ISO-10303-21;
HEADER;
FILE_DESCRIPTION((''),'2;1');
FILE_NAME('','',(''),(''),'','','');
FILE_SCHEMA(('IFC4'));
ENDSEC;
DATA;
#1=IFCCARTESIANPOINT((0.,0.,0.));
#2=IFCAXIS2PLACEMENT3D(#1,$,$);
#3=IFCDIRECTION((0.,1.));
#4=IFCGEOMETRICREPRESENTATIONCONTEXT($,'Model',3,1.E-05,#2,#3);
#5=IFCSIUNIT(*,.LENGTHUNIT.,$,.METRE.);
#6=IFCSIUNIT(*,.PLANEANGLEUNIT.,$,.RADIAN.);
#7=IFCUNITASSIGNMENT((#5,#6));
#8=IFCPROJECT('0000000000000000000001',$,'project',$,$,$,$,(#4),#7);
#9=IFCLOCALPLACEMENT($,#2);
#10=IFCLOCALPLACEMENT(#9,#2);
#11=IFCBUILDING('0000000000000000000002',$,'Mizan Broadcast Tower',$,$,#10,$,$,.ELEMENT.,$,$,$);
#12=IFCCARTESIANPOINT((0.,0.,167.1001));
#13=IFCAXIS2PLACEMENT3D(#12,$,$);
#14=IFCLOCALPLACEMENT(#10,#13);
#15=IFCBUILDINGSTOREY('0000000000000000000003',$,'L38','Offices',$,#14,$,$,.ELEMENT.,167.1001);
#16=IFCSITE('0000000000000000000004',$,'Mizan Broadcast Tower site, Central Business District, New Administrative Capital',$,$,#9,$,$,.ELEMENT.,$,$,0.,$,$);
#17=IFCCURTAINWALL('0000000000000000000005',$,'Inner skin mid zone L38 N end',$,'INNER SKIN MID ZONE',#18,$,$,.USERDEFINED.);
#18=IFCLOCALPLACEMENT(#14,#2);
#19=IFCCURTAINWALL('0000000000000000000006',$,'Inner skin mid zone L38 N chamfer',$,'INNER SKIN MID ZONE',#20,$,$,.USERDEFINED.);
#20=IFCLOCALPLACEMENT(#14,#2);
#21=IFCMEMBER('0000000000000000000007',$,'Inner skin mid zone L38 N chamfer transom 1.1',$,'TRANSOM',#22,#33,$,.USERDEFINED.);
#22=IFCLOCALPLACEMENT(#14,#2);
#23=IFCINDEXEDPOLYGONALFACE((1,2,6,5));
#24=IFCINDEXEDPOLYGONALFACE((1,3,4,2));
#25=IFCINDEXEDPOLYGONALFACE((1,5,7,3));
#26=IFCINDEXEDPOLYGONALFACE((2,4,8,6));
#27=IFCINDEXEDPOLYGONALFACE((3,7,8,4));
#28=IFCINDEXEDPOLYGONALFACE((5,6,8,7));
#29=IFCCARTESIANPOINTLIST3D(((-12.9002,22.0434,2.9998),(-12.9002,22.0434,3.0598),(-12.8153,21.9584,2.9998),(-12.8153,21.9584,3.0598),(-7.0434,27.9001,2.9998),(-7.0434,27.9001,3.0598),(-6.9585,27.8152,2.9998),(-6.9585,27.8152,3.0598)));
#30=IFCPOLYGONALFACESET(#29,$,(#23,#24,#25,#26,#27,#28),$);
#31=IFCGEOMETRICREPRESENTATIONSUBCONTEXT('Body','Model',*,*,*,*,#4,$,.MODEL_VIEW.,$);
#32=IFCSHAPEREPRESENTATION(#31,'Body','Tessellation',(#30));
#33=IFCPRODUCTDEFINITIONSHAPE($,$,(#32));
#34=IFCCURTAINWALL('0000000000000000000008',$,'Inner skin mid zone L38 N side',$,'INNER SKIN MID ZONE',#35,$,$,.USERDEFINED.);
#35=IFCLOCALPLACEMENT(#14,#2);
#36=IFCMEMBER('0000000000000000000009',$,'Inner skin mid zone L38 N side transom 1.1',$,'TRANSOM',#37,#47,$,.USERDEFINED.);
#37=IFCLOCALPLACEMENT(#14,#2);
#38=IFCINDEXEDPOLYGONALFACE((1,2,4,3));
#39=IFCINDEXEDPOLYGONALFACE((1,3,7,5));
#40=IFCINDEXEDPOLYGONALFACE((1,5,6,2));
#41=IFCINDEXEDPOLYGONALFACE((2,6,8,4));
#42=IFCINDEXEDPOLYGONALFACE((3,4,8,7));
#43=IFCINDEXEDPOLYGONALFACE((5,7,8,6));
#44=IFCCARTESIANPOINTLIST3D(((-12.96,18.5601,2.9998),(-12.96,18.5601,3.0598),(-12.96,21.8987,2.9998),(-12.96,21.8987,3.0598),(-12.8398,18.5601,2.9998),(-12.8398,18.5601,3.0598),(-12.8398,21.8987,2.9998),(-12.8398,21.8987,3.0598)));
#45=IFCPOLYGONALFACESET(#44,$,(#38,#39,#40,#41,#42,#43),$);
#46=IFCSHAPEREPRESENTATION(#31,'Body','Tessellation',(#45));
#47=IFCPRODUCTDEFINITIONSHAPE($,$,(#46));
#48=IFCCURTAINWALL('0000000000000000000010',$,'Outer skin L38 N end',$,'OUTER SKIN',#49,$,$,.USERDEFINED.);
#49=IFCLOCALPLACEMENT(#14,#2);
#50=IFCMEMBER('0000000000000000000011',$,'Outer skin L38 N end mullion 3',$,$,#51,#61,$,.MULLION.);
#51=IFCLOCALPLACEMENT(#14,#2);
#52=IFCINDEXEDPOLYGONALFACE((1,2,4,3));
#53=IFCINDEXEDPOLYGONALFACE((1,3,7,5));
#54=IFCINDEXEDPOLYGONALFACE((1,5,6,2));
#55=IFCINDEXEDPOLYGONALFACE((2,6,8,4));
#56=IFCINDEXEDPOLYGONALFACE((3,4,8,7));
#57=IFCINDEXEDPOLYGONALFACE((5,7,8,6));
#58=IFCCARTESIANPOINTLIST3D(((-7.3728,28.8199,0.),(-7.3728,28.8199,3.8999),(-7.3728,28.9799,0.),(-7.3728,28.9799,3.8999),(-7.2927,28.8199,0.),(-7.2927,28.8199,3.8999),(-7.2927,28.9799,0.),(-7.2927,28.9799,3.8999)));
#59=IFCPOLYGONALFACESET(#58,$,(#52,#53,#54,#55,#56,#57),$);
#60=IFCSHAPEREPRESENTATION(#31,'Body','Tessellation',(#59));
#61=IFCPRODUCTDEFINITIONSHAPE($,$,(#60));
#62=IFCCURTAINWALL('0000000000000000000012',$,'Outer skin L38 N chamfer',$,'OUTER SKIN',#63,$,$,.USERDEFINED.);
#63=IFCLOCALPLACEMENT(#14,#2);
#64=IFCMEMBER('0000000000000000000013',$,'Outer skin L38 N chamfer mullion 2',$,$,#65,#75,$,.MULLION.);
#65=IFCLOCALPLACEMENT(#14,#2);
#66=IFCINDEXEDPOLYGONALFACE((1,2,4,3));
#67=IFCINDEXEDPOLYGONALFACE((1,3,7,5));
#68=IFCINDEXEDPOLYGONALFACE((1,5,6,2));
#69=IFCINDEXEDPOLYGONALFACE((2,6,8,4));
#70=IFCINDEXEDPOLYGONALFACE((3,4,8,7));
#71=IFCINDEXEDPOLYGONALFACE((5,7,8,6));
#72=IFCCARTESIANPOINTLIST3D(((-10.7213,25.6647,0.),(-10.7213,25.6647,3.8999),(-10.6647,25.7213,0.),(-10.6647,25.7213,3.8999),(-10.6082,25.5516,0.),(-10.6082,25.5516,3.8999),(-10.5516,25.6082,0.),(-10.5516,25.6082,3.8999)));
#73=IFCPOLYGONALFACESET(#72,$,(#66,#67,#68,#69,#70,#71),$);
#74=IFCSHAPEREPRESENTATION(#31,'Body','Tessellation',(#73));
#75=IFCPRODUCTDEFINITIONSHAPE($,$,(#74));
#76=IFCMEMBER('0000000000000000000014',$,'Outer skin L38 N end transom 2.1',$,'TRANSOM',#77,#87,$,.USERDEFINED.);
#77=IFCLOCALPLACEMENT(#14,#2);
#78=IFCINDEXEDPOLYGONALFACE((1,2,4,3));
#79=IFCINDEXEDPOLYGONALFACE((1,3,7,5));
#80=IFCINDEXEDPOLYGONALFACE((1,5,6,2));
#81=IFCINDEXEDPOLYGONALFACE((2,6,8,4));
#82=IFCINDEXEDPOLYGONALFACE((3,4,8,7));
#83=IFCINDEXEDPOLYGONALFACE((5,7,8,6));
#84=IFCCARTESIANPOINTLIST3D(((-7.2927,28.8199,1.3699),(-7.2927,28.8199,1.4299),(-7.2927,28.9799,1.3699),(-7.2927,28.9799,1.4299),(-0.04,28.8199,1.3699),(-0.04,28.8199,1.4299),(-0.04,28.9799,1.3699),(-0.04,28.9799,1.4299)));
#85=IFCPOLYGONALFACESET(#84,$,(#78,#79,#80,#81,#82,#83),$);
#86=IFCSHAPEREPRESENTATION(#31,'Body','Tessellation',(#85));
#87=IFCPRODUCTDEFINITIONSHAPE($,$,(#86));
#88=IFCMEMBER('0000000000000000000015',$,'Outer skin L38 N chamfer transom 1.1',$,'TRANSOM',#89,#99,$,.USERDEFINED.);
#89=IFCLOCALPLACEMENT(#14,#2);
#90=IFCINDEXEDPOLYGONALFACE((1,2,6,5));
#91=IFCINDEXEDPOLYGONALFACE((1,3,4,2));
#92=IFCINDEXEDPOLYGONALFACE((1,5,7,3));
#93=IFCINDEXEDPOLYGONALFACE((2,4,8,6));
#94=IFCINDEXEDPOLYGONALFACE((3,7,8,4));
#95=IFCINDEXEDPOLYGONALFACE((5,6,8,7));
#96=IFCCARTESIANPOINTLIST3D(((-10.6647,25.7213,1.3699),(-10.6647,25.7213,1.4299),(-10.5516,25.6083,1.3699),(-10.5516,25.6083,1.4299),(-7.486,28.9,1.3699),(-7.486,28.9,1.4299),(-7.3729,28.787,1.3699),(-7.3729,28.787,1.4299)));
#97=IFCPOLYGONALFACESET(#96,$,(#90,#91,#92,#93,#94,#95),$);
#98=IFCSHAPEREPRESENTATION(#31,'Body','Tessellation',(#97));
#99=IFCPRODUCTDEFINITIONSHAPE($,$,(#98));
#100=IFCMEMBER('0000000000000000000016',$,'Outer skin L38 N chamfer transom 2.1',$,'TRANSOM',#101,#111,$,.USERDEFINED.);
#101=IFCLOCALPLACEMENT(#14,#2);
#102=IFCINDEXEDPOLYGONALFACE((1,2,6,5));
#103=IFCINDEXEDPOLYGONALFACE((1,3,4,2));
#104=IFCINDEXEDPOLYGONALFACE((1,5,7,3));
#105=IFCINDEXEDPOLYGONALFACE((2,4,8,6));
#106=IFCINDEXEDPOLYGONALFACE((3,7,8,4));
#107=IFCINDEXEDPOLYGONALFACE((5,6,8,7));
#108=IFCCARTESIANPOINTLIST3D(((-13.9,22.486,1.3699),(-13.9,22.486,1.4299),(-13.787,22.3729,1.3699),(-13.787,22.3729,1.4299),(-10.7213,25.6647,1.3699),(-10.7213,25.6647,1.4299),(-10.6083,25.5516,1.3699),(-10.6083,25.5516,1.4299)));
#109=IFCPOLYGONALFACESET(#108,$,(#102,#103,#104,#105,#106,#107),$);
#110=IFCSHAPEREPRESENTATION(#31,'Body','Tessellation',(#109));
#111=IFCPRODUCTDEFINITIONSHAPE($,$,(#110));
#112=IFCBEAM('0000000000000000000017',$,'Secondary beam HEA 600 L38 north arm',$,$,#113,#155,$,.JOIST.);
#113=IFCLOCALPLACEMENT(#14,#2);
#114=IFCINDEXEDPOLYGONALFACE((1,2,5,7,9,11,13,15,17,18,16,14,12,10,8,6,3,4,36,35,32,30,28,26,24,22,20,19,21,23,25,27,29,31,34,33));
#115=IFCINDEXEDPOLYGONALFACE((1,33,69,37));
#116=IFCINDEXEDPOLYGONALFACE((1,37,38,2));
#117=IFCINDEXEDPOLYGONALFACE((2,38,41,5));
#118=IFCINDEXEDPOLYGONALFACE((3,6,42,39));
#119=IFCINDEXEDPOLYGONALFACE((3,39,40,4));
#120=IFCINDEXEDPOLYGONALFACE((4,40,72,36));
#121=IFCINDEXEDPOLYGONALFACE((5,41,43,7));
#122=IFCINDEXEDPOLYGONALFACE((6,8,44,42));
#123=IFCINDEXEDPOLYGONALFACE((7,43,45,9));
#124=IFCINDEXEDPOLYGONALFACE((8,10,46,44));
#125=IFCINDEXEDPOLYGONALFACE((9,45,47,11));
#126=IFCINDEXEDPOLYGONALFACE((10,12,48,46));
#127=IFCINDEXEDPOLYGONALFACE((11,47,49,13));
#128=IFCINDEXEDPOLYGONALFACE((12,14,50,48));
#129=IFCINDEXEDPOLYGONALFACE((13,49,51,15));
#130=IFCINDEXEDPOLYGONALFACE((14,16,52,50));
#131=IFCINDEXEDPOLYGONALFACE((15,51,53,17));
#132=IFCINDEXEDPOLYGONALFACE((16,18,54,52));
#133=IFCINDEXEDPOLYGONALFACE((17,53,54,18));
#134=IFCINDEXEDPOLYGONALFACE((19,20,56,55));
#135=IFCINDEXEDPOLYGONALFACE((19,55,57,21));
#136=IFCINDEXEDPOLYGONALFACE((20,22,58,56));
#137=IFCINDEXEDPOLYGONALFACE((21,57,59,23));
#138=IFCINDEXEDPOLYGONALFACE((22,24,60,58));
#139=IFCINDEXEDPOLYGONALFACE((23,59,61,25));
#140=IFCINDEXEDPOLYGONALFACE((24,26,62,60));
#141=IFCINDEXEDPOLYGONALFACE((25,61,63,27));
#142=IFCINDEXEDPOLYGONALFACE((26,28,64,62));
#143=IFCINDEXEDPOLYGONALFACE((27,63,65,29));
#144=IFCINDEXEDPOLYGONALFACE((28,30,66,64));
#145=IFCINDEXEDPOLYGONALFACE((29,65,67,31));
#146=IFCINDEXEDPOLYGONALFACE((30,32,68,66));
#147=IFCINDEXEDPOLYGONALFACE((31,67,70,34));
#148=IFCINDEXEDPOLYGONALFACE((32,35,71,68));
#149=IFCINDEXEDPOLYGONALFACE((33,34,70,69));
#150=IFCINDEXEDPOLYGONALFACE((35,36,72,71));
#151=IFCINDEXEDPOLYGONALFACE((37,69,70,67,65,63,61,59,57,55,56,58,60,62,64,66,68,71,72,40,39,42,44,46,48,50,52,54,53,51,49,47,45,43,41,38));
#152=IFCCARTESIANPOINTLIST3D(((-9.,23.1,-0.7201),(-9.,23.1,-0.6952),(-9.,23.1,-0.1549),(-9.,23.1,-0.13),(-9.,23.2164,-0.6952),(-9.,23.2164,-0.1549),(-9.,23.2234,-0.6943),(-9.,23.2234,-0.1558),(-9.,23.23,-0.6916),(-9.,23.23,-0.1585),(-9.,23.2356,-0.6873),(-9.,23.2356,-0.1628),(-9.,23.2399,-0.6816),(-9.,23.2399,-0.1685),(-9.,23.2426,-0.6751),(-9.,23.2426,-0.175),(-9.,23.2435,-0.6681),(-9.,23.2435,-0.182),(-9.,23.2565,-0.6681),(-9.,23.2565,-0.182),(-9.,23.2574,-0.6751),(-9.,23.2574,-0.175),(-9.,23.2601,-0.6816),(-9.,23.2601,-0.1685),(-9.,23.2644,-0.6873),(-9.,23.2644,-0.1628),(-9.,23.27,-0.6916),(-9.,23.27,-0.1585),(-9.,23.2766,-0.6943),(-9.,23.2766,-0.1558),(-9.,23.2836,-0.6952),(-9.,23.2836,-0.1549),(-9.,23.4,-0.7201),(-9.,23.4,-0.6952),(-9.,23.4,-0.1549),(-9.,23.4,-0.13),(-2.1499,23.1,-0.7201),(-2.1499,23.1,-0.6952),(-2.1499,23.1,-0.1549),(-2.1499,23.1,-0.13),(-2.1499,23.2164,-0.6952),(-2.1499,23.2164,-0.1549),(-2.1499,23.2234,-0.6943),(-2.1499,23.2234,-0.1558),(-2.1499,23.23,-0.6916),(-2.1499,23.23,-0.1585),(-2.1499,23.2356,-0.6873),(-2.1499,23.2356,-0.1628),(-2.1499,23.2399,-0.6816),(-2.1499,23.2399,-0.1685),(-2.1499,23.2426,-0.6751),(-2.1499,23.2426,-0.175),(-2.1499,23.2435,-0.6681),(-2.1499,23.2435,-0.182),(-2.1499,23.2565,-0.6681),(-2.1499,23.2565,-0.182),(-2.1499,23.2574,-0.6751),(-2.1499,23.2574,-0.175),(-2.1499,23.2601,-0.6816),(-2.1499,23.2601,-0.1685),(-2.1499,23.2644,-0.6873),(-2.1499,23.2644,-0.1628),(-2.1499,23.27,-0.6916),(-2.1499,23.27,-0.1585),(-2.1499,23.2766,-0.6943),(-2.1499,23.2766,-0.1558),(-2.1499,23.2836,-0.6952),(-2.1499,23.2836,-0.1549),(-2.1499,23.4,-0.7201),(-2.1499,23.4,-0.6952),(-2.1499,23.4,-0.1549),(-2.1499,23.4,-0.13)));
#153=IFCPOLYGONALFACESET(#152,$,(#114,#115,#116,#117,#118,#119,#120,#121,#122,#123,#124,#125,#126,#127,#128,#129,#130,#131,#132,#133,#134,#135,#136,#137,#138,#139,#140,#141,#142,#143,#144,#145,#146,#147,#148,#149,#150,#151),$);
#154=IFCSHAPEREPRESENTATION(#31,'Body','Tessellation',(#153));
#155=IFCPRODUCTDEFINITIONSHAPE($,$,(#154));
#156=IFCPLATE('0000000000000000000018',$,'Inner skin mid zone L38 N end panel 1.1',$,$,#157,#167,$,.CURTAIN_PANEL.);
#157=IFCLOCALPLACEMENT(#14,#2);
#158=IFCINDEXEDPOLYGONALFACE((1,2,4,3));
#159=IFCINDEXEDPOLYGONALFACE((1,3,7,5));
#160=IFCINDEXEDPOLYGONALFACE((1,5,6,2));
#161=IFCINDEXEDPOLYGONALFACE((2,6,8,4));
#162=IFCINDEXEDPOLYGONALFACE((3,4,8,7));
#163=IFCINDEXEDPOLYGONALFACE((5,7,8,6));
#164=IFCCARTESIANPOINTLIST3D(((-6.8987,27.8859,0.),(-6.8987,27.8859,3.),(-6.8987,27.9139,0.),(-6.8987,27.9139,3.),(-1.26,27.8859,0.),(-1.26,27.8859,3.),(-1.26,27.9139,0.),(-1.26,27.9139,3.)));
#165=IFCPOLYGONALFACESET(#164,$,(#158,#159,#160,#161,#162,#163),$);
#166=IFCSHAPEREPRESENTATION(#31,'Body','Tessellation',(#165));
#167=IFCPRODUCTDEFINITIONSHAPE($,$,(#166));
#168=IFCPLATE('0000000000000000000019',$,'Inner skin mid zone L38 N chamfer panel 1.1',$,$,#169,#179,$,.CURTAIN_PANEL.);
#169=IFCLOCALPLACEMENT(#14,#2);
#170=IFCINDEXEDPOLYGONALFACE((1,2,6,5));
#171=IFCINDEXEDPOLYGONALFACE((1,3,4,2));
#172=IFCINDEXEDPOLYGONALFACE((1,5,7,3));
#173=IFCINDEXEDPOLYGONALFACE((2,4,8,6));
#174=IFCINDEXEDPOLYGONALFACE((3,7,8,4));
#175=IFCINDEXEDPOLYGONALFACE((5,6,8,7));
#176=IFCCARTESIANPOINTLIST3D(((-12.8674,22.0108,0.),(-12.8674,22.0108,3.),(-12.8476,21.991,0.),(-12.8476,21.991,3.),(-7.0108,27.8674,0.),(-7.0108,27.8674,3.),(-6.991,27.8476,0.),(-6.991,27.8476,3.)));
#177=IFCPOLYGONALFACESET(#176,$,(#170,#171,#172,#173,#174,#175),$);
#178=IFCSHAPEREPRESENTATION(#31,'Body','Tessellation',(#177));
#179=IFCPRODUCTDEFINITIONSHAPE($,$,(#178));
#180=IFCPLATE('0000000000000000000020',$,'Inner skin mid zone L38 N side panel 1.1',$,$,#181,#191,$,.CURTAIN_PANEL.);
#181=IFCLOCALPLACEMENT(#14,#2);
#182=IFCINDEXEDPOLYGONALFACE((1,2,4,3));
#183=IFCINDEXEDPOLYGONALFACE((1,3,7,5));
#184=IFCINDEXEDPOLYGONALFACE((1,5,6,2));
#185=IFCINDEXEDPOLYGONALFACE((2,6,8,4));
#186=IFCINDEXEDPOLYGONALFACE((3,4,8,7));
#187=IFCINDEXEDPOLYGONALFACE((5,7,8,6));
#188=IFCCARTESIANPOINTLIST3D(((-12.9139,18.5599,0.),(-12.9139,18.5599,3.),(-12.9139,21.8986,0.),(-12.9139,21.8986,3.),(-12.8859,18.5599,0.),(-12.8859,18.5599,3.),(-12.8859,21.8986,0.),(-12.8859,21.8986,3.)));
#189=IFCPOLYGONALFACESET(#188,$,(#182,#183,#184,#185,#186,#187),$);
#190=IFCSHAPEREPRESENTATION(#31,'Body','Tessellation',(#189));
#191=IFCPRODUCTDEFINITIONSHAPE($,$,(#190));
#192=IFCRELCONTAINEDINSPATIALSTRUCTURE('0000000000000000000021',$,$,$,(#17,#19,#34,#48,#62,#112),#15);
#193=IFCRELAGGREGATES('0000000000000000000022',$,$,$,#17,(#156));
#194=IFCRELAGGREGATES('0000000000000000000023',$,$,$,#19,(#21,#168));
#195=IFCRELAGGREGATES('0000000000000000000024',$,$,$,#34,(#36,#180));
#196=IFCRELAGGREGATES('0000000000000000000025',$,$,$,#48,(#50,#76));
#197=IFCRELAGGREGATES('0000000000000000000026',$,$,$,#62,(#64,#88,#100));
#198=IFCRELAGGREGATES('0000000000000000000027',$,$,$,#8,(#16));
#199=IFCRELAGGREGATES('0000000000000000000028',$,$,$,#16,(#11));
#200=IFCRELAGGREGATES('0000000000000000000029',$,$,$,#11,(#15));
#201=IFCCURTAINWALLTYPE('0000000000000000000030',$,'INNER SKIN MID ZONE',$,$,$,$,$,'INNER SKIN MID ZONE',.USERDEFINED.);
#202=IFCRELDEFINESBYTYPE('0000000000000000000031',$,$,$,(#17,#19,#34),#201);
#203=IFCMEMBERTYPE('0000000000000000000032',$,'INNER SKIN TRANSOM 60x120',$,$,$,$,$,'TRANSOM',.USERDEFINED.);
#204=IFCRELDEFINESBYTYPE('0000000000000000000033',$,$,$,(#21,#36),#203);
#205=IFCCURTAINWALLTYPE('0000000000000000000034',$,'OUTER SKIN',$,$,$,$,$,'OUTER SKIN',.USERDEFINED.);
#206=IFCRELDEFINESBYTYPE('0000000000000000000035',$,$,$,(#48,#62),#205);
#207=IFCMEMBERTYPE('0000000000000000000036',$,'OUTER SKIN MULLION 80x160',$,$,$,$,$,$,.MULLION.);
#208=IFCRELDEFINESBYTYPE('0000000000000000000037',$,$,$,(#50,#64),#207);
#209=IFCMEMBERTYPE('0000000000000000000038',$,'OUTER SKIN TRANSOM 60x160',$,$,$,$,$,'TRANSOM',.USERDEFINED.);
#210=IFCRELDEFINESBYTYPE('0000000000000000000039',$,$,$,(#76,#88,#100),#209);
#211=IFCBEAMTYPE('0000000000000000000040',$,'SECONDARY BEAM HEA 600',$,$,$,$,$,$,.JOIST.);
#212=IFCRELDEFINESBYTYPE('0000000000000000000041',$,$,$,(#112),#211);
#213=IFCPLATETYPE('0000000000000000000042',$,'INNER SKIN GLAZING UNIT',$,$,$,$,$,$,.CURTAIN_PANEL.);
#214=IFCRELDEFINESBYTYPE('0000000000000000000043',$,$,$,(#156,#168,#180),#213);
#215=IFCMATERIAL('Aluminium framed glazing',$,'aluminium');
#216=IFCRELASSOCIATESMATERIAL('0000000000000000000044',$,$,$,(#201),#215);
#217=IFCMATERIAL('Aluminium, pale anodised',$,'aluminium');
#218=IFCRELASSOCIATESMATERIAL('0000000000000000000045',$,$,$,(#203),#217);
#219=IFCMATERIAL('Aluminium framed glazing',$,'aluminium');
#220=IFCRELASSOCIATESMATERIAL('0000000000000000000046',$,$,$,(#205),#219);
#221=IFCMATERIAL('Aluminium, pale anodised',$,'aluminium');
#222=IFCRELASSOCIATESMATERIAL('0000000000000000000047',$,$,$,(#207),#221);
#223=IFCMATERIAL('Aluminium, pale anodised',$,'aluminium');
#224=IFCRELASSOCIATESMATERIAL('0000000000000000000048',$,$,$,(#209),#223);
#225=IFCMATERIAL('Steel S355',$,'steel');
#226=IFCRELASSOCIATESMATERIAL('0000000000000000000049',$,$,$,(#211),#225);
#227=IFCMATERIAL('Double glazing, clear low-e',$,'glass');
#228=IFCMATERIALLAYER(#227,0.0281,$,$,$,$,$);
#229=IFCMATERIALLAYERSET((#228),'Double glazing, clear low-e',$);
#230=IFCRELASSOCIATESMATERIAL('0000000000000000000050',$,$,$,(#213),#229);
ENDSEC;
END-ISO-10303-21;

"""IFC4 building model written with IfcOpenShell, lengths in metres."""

from ifc_helpers import new_model, si_unit, direction, frame, origin, origin_2d, place, context, subcontext, project, spatial, rectangle, i_section, extrude, material, layer, layer_set, material_profile, profile_set, type_object, element, aggregate, save


model = new_model("IFC4")

# Units and contexts
model_context = context("Model", 3, precision=1e-05, world=origin(), true_north=direction((0.0, 1.0)))
body_context = subcontext(model_context, "Body", "Model", "MODEL_VIEW")
ifc_project = project(units=[si_unit("LENGTHUNIT", "METRE"), si_unit("PLANEANGLEUNIT", "RADIAN")], contexts=[model_context])

# Site, building, storey
site_placement = place(None, origin())
site = spatial("IfcSite", under=ifc_project, at=site_placement, Name="Mizan Broadcast Tower site, Central Business District, New Administrative Capital", CompositionType="ELEMENT", RefElevation=0.0)
building_placement = place(site_placement, origin())
building = spatial("IfcBuilding", under=site, at=building_placement, Name="Mizan Broadcast Tower", CompositionType="ELEMENT")
storey_placement = place(building_placement, frame((0.0, 0.0, 167.1001)))
storey = spatial("IfcBuildingStorey", under=building, at=storey_placement, Name="L38", Description="Offices", CompositionType="ELEMENT", Elevation=167.1001)

# Curtain wall
ifc_material_1 = material(Name="Aluminium framed glazing", Category="aluminium")
curtain_wall_type_1 = type_object("IfcCurtainWallType", Name="INNER SKIN MID ZONE", ElementType="INNER SKIN MID ZONE", PredefinedType="USERDEFINED", material=ifc_material_1)
curtain_wall_1_placement = place(storey_placement, origin())
curtain_wall_1 = element("IfcCurtainWall", 1, at=curtain_wall_1_placement, inside=storey, type_object=curtain_wall_type_1, Name="Inner skin mid zone L38 N end", ObjectType="INNER SKIN MID ZONE", PredefinedType="USERDEFINED")

# Curtain wall
curtain_wall_2_placement = place(storey_placement, origin())
curtain_wall_2 = element("IfcCurtainWall", 2, at=curtain_wall_2_placement, inside=storey, type_object=curtain_wall_type_1, Name="Inner skin mid zone L38 N chamfer", ObjectType="INNER SKIN MID ZONE", PredefinedType="USERDEFINED")

# Member
ifc_material_2 = material(Name="Aluminium, pale anodised", Category="aluminium")
ifc_material_profile_1 = material_profile(ifc_material_2, rectangle(XDim=0.1201, YDim=0.0601, at=origin_2d()), Name="TRANSOM 120x60")
ifc_profile_set_1 = profile_set([ifc_material_profile_1], Name="Aluminium, pale anodised")
member_type_1 = type_object("IfcMemberType", Name="INNER SKIN TRANSOM 60x120", ElementType="TRANSOM", PredefinedType="USERDEFINED", material=ifc_profile_set_1)
member_1_placement = place(storey_placement, frame((-7.001, 27.8577, 3.0298), z_axis=(-0.707107, -0.707107, 0.0), x_axis=(0.707107, -0.707107, 0.0)))
member_1 = element("IfcMember", 3, at=member_1_placement, type_object=member_type_1, Name="Inner skin mid zone L38 N chamfer transom 1.1", ObjectType="TRANSOM", PredefinedType="USERDEFINED", context=body_context, shape_type="SweptSolid", body=[
    extrude(rectangle(XDim=0.1201, YDim=0.0601, at=origin_2d()), origin(), (0.0, 0.0, 1.0), 8.2827),
])

# Curtain walls, members
curtain_wall_3_placement = place(storey_placement, origin())
curtain_wall_3 = element("IfcCurtainWall", 4, at=curtain_wall_3_placement, inside=storey, type_object=curtain_wall_type_1, Name="Inner skin mid zone L38 N side", ObjectType="INNER SKIN MID ZONE", PredefinedType="USERDEFINED")
member_2_placement = place(storey_placement, frame((-12.8999, 21.8987, 3.0298), z_axis=(0.0, -1.0, 0.0), x_axis=(1.0, 0.0, 0.0)))
member_2 = element("IfcMember", 5, at=member_2_placement, type_object=member_type_1, Name="Inner skin mid zone L38 N side transom 1.1", ObjectType="TRANSOM", PredefinedType="USERDEFINED", context=body_context, shape_type="SweptSolid", body=[
    extrude(rectangle(XDim=0.1201, YDim=0.0601, at=origin_2d()), origin(), (0.0, 0.0, 1.0), 3.3386),
])
ifc_material_3 = material(Name="Aluminium framed glazing", Category="aluminium")
curtain_wall_type_2 = type_object("IfcCurtainWallType", Name="OUTER SKIN", ElementType="OUTER SKIN", PredefinedType="USERDEFINED", material=ifc_material_3)
curtain_wall_4_placement = place(storey_placement, origin())
curtain_wall_4 = element("IfcCurtainWall", 6, at=curtain_wall_4_placement, inside=storey, type_object=curtain_wall_type_2, Name="Outer skin L38 N end", ObjectType="OUTER SKIN", PredefinedType="USERDEFINED")
ifc_material_4 = material(Name="Aluminium, pale anodised", Category="aluminium")
ifc_material_profile_2 = material_profile(ifc_material_4, rectangle(XDim=0.1599, YDim=0.0801, at=origin_2d()), Name="MULLION 160x80")
ifc_profile_set_2 = profile_set([ifc_material_profile_2], Name="Aluminium, pale anodised")
member_type_2 = type_object("IfcMemberType", Name="OUTER SKIN MULLION 80x160", PredefinedType="MULLION", material=ifc_profile_set_2)
member_3_placement = place(storey_placement, frame((-7.3328, 28.8999, 0.0), z_axis=(0.0, 0.0, 1.0), x_axis=(0.0, -1.0, 0.0)))
member_3 = element("IfcMember", 7, at=member_3_placement, type_object=member_type_2, Name="Outer skin L38 N end mullion 3", PredefinedType="MULLION", context=body_context, shape_type="SweptSolid", body=[
    extrude(rectangle(XDim=0.1599, YDim=0.0801, at=origin_2d()), origin(), (0.0, 0.0, 1.0), 3.8999),
])
curtain_wall_5_placement = place(storey_placement, origin())
curtain_wall_5 = element("IfcCurtainWall", 8, at=curtain_wall_5_placement, inside=storey, type_object=curtain_wall_type_2, Name="Outer skin L38 N chamfer", ObjectType="OUTER SKIN", PredefinedType="USERDEFINED")
member_4_placement = place(storey_placement, frame((-10.6365, 25.6365, 0.0), z_axis=(0.0, 0.0, 1.0), x_axis=(0.707107, -0.707107, 0.0)))
member_4 = element("IfcMember", 9, at=member_4_placement, type_object=member_type_2, Name="Outer skin L38 N chamfer mullion 2", PredefinedType="MULLION", context=body_context, shape_type="SweptSolid", body=[
    extrude(rectangle(XDim=0.1599, YDim=0.0801, at=origin_2d()), origin(), (0.0, 0.0, 1.0), 3.8999),
])

# Members
ifc_material_5 = material(Name="Aluminium, pale anodised", Category="aluminium")
ifc_material_profile_3 = material_profile(ifc_material_5, rectangle(XDim=0.1599, YDim=0.0601, at=origin_2d()), Name="TRANSOM 160x60")
ifc_profile_set_3 = profile_set([ifc_material_profile_3], Name="Aluminium, pale anodised")
member_type_3 = type_object("IfcMemberType", Name="OUTER SKIN TRANSOM 60x160", ElementType="TRANSOM", PredefinedType="USERDEFINED", material=ifc_profile_set_3)
member_5_placement = place(storey_placement, frame((-0.04, 28.8999, 1.3999), z_axis=(-1.0, 0.0, 0.0), x_axis=(0.0, -1.0, 0.0)))
member_5 = element("IfcMember", 10, at=member_5_placement, type_object=member_type_3, Name="Outer skin L38 N end transom 2.1", ObjectType="TRANSOM", PredefinedType="USERDEFINED", context=body_context, shape_type="SweptSolid", body=[
    extrude(rectangle(XDim=0.1599, YDim=0.0601, at=origin_2d()), origin(), (0.0, 0.0, 1.0), 7.2527),
])
member_6_placement = place(storey_placement, frame((-7.4294, 28.8435, 1.3999), z_axis=(-0.707107, -0.707107, 0.0), x_axis=(0.707107, -0.707107, 0.0)))
member_6 = element("IfcMember", 11, at=member_6_placement, type_object=member_type_3, Name="Outer skin L38 N chamfer transom 1.1", ObjectType="TRANSOM", PredefinedType="USERDEFINED", context=body_context, shape_type="SweptSolid", body=[
    extrude(rectangle(XDim=0.1599, YDim=0.0601, at=origin_2d()), origin(), (0.0, 0.0, 1.0), 4.4954),
])
member_7_placement = place(storey_placement, frame((-10.6648, 25.6082, 1.3999), z_axis=(-0.707107, -0.707107, 0.0), x_axis=(0.707107, -0.707107, 0.0)))
member_7 = element("IfcMember", 12, at=member_7_placement, type_object=member_type_3, Name="Outer skin L38 N chamfer transom 2.1", ObjectType="TRANSOM", PredefinedType="USERDEFINED", context=body_context, shape_type="SweptSolid", body=[
    extrude(rectangle(XDim=0.1599, YDim=0.0601, at=origin_2d()), origin(), (0.0, 0.0, 1.0), 4.4954),
])

# Beam
ifc_material_6 = material(Name="Steel S355", Category="steel")
ifc_material_profile_4 = material_profile(ifc_material_6, i_section(OverallWidth=0.3, OverallDepth=0.5901, WebThickness=0.0129, FlangeThickness=0.0249, FilletRadius=0.0271, at=origin_2d()), Name="HEA 600")
ifc_profile_set_4 = profile_set([ifc_material_profile_4], Name="Steel S355")
beam_type_1 = type_object("IfcBeamType", Name="SECONDARY BEAM HEA 600", PredefinedType="JOIST", material=ifc_profile_set_4)
beam_1_placement = place(storey_placement, frame((-9.0, 23.25, -0.425), z_axis=(1.0, 0.0, 0.0), x_axis=(0.0, 1.0, 0.0)))
element("IfcBeam", 13, at=beam_1_placement, inside=storey, type_object=beam_type_1, Name="Secondary beam HEA 600 L38 north arm", PredefinedType="JOIST", context=body_context, shape_type="SweptSolid", body=[
    extrude(i_section(OverallWidth=0.3, OverallDepth=0.5901, WebThickness=0.0129, FlangeThickness=0.0249, FilletRadius=0.0271, at=origin_2d()), origin(), (0.0, 0.0, 1.0), 6.8501),
])

# Plates
ifc_material_7 = material(Name="Double glazing, clear low-e", Category="glass")
ifc_layer_1 = layer(ifc_material_7, 0.0281)
ifc_layer_set_1 = layer_set([ifc_layer_1], Name="Double glazing, clear low-e")
plate_type_1 = type_object("IfcPlateType", Name="INNER SKIN GLAZING UNIT", PredefinedType="CURTAIN_PANEL", material=ifc_layer_set_1)
plate_1_placement = place(storey_placement, frame((-4.0793, 27.8999, 0.0), z_axis=(0.0, 0.0, 1.0), x_axis=(-1.0, 0.0, 0.0)))
plate_1 = element("IfcPlate", 14, at=plate_1_placement, type_object=plate_type_1, Name="Inner skin mid zone L38 N end panel 1.1", PredefinedType="CURTAIN_PANEL", context=body_context, shape_type="SweptSolid", body=[
    extrude(rectangle(XDim=5.6387, YDim=0.0281, at=origin_2d()), origin(), (0.0, 0.0, 1.0), 3.0),
])
plate_2_placement = place(storey_placement, frame((-9.9292, 24.9292, 0.0), z_axis=(0.0, 0.0, 1.0), x_axis=(-0.707107, -0.707107, 0.0)))
plate_2 = element("IfcPlate", 15, at=plate_2_placement, type_object=plate_type_1, Name="Inner skin mid zone L38 N chamfer panel 1.1", PredefinedType="CURTAIN_PANEL", context=body_context, shape_type="SweptSolid", body=[
    extrude(rectangle(XDim=8.2825, YDim=0.0281, at=origin_2d()), origin(), (0.0, 0.0, 1.0), 3.0),
])
plate_3_placement = place(storey_placement, frame((-12.8999, 20.2292, 0.0), z_axis=(0.0, 0.0, 1.0), x_axis=(0.0, -1.0, 0.0)))
plate_3 = element("IfcPlate", 16, at=plate_3_placement, type_object=plate_type_1, Name="Inner skin mid zone L38 N side panel 1.1", PredefinedType="CURTAIN_PANEL", context=body_context, shape_type="SweptSolid", body=[
    extrude(rectangle(XDim=3.3386, YDim=0.0281, at=origin_2d()), origin(), (0.0, 0.0, 1.0), 3.0),
])
aggregate(curtain_wall_1, [plate_1])
aggregate(curtain_wall_2, [member_1, plate_2])
aggregate(curtain_wall_3, [member_2, plate_3])
aggregate(curtain_wall_4, [member_3, member_5])
aggregate(curtain_wall_5, [member_4, member_6, member_7])

save(model, "model.ifc")
